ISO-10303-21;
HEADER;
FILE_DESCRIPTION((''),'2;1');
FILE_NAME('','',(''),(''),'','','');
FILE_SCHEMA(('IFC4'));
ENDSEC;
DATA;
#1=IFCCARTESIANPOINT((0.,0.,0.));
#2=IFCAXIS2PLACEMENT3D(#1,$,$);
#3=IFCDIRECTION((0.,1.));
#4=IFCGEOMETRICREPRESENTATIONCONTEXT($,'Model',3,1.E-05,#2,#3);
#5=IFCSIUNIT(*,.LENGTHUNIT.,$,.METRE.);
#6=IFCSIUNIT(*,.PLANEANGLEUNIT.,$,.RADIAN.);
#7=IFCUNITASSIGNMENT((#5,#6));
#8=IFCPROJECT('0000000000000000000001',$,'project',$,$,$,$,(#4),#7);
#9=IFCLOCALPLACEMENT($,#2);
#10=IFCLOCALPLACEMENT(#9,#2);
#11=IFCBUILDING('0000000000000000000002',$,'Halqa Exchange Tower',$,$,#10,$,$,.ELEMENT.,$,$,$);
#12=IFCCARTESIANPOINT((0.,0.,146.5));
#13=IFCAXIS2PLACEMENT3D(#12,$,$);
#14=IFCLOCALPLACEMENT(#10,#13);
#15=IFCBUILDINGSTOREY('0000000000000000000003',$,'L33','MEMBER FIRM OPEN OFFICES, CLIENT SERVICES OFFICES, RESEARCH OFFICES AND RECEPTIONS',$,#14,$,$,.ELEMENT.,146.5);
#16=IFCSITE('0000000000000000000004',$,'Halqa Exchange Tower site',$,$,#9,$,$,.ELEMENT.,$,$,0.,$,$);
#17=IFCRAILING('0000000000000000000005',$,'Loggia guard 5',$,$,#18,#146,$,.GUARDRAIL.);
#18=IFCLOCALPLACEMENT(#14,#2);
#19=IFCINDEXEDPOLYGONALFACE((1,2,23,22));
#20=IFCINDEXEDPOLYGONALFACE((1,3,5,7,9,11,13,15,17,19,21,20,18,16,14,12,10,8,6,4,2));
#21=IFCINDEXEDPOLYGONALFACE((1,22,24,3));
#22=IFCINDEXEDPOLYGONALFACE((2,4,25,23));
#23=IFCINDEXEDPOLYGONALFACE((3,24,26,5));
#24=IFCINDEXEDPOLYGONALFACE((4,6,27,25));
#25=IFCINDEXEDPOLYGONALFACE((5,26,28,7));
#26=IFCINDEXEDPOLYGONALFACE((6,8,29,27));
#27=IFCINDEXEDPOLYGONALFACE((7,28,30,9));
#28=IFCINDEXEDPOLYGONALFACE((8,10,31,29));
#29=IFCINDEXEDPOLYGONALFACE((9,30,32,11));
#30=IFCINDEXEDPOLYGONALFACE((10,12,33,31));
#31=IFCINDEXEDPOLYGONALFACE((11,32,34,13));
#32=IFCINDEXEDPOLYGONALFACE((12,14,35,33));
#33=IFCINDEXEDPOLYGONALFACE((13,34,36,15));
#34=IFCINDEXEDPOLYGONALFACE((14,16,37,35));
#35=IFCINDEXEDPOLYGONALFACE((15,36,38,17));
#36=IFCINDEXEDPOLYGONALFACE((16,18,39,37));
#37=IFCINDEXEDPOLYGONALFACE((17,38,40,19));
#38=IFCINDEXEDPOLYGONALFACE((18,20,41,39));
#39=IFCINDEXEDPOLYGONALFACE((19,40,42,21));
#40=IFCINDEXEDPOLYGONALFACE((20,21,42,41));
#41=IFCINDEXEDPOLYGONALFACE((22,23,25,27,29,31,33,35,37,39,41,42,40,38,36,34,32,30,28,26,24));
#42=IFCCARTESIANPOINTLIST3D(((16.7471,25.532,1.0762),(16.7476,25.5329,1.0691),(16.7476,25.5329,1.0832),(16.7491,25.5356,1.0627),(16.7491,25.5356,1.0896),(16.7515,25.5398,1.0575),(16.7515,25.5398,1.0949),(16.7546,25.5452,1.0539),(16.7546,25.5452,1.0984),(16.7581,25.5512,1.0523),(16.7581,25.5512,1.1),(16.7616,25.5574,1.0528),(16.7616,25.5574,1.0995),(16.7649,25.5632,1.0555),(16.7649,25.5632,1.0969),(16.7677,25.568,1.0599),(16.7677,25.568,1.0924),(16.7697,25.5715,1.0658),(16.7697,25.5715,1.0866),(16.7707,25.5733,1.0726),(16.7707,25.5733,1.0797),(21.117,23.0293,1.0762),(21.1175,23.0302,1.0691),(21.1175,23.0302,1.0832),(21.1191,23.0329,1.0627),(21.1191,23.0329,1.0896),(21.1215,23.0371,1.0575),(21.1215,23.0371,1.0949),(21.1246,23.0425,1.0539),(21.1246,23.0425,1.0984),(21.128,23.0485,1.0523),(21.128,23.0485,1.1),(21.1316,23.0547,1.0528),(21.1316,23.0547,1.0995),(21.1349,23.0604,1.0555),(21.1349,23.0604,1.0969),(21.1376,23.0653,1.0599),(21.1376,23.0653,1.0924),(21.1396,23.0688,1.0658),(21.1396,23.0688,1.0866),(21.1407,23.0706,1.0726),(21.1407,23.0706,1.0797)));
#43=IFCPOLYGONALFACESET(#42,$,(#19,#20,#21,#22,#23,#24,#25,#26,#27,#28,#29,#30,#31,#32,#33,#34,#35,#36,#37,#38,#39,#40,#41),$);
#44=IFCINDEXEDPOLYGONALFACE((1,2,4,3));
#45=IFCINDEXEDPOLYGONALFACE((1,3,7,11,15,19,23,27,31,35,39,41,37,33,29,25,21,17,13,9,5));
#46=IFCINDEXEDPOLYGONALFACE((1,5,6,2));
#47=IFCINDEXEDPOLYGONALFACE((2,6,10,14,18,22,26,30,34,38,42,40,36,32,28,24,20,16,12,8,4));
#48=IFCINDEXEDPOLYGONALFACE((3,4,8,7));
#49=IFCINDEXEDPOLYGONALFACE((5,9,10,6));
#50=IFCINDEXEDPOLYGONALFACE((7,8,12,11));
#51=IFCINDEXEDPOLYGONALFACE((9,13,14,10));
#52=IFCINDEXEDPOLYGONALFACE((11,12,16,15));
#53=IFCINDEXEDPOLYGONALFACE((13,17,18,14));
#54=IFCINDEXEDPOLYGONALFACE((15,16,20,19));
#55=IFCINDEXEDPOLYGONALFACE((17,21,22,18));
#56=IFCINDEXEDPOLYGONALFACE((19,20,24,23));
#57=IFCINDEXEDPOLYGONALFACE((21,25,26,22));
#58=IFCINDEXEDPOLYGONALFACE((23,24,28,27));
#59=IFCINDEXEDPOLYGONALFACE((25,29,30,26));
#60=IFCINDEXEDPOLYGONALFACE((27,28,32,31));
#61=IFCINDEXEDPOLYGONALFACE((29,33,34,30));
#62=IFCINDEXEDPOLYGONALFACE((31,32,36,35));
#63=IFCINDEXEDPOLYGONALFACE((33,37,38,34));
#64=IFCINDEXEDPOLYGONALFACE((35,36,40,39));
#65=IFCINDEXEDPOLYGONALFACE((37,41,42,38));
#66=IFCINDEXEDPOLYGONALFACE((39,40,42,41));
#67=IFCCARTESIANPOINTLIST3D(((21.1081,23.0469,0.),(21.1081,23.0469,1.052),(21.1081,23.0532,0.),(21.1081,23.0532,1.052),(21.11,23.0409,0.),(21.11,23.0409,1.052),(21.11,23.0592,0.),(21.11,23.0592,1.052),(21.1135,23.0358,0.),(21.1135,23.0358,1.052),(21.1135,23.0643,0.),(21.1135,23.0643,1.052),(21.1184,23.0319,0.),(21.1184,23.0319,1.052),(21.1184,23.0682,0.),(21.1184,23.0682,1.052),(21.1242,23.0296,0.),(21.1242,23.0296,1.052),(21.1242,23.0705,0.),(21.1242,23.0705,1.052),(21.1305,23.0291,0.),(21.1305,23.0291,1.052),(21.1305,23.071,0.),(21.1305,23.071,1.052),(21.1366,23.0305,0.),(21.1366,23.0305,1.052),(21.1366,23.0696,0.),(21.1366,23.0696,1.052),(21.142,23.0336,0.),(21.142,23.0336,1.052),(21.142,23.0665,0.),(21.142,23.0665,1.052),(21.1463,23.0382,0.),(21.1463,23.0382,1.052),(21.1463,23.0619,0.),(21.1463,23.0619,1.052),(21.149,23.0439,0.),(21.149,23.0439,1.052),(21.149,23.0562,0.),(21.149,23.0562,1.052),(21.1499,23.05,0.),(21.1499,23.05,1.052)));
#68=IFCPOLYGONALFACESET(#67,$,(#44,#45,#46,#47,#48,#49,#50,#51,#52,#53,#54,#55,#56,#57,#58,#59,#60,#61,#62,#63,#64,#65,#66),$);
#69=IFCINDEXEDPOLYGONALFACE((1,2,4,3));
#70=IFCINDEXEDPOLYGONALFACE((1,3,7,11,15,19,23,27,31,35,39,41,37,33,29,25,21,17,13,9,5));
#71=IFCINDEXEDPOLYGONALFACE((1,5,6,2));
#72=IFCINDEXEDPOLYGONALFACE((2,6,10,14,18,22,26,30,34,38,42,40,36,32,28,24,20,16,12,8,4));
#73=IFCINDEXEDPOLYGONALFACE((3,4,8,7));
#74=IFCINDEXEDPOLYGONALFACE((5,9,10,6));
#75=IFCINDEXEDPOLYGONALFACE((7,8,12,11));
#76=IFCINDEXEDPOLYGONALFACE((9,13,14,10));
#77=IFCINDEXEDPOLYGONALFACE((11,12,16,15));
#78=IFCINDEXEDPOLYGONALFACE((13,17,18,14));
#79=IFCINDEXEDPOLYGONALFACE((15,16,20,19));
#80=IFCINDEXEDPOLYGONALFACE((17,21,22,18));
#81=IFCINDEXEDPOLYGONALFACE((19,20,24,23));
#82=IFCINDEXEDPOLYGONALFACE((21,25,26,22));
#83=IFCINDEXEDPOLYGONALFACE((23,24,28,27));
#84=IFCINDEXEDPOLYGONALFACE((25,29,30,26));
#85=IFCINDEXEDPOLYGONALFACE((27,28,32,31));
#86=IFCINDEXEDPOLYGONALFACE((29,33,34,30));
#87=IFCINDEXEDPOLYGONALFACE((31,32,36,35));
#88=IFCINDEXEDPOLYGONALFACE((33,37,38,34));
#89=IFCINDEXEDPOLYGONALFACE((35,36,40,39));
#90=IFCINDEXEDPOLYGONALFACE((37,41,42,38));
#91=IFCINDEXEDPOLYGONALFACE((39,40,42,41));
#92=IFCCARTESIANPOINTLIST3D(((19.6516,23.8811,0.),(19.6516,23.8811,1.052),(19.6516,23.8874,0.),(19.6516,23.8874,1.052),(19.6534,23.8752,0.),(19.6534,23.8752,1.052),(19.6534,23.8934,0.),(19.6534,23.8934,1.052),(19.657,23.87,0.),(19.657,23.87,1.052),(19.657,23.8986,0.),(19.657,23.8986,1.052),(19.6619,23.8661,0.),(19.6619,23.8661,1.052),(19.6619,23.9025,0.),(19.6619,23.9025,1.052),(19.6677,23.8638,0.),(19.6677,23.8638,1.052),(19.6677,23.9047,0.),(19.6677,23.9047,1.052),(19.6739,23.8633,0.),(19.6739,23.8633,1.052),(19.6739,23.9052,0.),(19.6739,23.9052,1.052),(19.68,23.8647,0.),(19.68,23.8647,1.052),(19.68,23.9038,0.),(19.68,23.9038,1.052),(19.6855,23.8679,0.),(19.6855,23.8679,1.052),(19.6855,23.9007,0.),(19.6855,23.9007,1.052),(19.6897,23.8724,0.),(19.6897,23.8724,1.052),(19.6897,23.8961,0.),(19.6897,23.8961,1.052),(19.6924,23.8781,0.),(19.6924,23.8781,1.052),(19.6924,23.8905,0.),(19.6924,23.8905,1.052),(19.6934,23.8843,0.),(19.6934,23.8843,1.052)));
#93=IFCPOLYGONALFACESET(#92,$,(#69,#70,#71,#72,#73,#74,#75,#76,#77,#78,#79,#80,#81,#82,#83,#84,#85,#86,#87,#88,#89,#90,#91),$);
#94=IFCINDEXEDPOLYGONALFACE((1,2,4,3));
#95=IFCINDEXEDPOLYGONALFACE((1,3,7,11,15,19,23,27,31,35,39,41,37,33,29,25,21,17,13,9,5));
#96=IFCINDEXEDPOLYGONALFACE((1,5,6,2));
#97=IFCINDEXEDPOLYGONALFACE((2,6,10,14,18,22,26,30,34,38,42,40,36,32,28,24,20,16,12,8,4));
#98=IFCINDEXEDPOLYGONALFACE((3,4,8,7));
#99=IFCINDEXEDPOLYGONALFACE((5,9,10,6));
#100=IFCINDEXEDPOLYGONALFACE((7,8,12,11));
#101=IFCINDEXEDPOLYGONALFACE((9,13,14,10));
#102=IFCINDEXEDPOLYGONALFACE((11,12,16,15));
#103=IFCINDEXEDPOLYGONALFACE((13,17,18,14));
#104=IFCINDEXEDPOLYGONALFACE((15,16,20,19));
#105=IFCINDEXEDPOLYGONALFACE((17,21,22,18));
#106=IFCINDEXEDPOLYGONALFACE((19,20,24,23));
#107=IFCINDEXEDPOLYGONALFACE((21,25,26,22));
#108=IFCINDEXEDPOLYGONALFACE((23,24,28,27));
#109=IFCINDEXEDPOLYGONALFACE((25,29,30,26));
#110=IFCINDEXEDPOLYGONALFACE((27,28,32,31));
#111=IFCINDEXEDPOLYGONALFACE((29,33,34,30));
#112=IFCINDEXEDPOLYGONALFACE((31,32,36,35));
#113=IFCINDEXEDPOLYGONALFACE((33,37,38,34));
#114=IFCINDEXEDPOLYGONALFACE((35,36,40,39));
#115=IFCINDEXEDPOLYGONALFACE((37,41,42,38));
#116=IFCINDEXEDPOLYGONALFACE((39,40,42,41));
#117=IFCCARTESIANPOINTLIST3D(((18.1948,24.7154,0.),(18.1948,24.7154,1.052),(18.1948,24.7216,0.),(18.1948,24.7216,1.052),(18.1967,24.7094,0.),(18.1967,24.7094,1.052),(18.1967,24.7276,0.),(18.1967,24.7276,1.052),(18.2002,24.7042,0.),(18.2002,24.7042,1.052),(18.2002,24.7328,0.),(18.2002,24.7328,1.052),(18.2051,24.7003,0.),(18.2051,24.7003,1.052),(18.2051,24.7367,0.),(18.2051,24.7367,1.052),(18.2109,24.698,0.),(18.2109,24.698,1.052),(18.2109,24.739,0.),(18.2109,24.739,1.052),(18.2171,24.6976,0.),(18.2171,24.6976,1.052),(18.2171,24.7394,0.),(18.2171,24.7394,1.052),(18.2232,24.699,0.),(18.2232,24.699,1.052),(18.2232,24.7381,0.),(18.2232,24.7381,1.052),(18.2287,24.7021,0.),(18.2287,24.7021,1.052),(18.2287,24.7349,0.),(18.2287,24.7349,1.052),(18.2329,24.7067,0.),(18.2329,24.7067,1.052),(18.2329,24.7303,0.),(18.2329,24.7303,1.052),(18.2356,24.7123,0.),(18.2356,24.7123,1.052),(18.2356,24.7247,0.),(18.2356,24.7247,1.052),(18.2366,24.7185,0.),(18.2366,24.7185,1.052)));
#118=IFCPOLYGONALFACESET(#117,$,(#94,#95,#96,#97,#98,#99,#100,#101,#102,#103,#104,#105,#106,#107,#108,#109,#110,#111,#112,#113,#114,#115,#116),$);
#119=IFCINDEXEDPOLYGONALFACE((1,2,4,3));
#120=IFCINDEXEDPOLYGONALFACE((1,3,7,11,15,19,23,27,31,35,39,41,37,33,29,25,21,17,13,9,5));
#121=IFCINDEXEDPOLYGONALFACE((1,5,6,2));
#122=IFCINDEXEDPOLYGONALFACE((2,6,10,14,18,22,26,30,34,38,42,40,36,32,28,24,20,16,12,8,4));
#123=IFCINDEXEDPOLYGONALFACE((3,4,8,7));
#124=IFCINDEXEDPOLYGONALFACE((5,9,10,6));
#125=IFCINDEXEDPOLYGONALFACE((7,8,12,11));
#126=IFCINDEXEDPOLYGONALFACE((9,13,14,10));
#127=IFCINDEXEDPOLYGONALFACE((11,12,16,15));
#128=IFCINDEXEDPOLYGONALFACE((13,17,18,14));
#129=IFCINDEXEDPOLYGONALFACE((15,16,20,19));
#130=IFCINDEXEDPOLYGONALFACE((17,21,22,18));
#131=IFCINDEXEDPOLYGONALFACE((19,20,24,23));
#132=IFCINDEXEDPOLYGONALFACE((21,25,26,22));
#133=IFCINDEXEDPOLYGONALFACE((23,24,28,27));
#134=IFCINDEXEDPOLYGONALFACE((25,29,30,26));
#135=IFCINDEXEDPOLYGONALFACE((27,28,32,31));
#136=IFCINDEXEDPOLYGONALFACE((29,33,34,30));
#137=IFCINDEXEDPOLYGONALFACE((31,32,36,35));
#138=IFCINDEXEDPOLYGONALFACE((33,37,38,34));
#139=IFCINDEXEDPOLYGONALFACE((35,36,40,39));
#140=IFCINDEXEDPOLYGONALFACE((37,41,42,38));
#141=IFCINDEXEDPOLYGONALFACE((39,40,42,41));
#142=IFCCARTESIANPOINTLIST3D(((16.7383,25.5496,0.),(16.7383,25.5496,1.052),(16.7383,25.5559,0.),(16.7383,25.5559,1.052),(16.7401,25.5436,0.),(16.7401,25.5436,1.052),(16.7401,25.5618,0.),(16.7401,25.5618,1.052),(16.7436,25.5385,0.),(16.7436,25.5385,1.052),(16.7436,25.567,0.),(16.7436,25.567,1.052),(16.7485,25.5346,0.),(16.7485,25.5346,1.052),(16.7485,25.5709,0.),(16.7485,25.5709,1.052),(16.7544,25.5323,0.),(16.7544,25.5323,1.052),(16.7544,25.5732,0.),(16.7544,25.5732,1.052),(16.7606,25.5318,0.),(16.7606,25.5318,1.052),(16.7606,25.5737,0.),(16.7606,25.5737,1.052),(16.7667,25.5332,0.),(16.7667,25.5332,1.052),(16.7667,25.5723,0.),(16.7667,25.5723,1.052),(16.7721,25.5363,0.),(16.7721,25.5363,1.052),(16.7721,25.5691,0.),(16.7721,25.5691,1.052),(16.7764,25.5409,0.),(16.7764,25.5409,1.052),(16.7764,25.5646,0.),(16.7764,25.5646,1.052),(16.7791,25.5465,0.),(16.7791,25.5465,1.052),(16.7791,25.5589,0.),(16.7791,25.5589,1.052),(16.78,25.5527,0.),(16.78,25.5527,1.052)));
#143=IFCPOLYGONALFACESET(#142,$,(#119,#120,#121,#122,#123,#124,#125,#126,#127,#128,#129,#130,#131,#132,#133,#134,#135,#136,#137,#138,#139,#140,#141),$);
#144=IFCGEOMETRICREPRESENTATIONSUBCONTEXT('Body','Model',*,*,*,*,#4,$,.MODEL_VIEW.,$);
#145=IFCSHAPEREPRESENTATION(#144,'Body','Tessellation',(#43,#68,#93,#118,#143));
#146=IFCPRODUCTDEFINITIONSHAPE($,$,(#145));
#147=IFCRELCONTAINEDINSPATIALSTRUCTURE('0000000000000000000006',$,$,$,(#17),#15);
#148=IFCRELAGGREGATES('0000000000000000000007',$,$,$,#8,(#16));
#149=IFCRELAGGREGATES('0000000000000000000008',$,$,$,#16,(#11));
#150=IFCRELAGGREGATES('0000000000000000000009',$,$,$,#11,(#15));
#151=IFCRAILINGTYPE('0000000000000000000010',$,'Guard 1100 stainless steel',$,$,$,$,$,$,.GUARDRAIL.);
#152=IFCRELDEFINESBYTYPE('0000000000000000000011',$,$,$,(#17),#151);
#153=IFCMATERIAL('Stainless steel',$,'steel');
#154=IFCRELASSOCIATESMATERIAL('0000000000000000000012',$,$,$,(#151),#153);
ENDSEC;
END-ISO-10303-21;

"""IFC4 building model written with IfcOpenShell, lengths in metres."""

from ifc_helpers import new_model, si_unit, direction, frame, origin, origin_2d, place, context, subcontext, project, spatial, circle, extrude, material, type_object, element, save


model = new_model("IFC4")

# Units and contexts
model_context = context("Model", 3, precision=1e-05, world=origin(), true_north=direction((0.0, 1.0)))
body_context = subcontext(model_context, "Body", "Model", "MODEL_VIEW")
ifc_project = project(units=[si_unit("LENGTHUNIT", "METRE"), si_unit("PLANEANGLEUNIT", "RADIAN")], contexts=[model_context])

# Site, building, storey
site_placement = place(None, origin())
site = spatial("IfcSite", under=ifc_project, at=site_placement, Name="Halqa Exchange Tower site", CompositionType="ELEMENT", RefElevation=0.0)
building_placement = place(site_placement, origin())
building = spatial("IfcBuilding", under=site, at=building_placement, Name="Halqa Exchange Tower", CompositionType="ELEMENT")
storey_placement = place(building_placement, frame((0.0, 0.0, 146.5)))
storey = spatial("IfcBuildingStorey", under=building, at=storey_placement, Name="L33", Description="MEMBER FIRM OPEN OFFICES, CLIENT SERVICES OFFICES, RESEARCH OFFICES AND RECEPTIONS", CompositionType="ELEMENT", Elevation=146.5)

# Railing
ifc_material_1 = material(Name="Stainless steel", Category="steel")
railing_type = type_object("IfcRailingType", Name="Guard 1100 stainless steel", PredefinedType="GUARDRAIL", material=ifc_material_1)
railing_1_placement = place(storey_placement, frame((21.1289, 23.05, 0.0)))
element("IfcRailing", 1, at=railing_1_placement, inside=storey, type_object=railing_type, Name="Loggia guard 5", PredefinedType="GUARDRAIL", context=body_context, shape_type="SweptSolid", body=[
    extrude(circle(Radius=0.0239, at=origin_2d()), frame((0.0, 0.0, 1.0762), z_axis=(-0.867762, 0.496979, 0.0), x_axis=(-0.496979, -0.867762, 0.0)), (0.0, 0.0, 1.0), 5.0359),
    extrude(circle(Radius=0.021, at=origin_2d()), origin(), (0.0, 0.0, 1.0), 1.052),
    extrude(circle(Radius=0.021, at=origin_2d()), frame((-1.4565, 0.8342, 0.0)), (0.0, 0.0, 1.0), 1.052),
    extrude(circle(Radius=0.021, at=origin_2d()), frame((-2.9133, 1.6685, 0.0)), (0.0, 0.0, 1.0), 1.052),
    extrude(circle(Radius=0.021, at=origin_2d()), frame((-4.3699, 2.5027, 0.0)), (0.0, 0.0, 1.0), 1.052),
])

save(model, "model.ifc")
